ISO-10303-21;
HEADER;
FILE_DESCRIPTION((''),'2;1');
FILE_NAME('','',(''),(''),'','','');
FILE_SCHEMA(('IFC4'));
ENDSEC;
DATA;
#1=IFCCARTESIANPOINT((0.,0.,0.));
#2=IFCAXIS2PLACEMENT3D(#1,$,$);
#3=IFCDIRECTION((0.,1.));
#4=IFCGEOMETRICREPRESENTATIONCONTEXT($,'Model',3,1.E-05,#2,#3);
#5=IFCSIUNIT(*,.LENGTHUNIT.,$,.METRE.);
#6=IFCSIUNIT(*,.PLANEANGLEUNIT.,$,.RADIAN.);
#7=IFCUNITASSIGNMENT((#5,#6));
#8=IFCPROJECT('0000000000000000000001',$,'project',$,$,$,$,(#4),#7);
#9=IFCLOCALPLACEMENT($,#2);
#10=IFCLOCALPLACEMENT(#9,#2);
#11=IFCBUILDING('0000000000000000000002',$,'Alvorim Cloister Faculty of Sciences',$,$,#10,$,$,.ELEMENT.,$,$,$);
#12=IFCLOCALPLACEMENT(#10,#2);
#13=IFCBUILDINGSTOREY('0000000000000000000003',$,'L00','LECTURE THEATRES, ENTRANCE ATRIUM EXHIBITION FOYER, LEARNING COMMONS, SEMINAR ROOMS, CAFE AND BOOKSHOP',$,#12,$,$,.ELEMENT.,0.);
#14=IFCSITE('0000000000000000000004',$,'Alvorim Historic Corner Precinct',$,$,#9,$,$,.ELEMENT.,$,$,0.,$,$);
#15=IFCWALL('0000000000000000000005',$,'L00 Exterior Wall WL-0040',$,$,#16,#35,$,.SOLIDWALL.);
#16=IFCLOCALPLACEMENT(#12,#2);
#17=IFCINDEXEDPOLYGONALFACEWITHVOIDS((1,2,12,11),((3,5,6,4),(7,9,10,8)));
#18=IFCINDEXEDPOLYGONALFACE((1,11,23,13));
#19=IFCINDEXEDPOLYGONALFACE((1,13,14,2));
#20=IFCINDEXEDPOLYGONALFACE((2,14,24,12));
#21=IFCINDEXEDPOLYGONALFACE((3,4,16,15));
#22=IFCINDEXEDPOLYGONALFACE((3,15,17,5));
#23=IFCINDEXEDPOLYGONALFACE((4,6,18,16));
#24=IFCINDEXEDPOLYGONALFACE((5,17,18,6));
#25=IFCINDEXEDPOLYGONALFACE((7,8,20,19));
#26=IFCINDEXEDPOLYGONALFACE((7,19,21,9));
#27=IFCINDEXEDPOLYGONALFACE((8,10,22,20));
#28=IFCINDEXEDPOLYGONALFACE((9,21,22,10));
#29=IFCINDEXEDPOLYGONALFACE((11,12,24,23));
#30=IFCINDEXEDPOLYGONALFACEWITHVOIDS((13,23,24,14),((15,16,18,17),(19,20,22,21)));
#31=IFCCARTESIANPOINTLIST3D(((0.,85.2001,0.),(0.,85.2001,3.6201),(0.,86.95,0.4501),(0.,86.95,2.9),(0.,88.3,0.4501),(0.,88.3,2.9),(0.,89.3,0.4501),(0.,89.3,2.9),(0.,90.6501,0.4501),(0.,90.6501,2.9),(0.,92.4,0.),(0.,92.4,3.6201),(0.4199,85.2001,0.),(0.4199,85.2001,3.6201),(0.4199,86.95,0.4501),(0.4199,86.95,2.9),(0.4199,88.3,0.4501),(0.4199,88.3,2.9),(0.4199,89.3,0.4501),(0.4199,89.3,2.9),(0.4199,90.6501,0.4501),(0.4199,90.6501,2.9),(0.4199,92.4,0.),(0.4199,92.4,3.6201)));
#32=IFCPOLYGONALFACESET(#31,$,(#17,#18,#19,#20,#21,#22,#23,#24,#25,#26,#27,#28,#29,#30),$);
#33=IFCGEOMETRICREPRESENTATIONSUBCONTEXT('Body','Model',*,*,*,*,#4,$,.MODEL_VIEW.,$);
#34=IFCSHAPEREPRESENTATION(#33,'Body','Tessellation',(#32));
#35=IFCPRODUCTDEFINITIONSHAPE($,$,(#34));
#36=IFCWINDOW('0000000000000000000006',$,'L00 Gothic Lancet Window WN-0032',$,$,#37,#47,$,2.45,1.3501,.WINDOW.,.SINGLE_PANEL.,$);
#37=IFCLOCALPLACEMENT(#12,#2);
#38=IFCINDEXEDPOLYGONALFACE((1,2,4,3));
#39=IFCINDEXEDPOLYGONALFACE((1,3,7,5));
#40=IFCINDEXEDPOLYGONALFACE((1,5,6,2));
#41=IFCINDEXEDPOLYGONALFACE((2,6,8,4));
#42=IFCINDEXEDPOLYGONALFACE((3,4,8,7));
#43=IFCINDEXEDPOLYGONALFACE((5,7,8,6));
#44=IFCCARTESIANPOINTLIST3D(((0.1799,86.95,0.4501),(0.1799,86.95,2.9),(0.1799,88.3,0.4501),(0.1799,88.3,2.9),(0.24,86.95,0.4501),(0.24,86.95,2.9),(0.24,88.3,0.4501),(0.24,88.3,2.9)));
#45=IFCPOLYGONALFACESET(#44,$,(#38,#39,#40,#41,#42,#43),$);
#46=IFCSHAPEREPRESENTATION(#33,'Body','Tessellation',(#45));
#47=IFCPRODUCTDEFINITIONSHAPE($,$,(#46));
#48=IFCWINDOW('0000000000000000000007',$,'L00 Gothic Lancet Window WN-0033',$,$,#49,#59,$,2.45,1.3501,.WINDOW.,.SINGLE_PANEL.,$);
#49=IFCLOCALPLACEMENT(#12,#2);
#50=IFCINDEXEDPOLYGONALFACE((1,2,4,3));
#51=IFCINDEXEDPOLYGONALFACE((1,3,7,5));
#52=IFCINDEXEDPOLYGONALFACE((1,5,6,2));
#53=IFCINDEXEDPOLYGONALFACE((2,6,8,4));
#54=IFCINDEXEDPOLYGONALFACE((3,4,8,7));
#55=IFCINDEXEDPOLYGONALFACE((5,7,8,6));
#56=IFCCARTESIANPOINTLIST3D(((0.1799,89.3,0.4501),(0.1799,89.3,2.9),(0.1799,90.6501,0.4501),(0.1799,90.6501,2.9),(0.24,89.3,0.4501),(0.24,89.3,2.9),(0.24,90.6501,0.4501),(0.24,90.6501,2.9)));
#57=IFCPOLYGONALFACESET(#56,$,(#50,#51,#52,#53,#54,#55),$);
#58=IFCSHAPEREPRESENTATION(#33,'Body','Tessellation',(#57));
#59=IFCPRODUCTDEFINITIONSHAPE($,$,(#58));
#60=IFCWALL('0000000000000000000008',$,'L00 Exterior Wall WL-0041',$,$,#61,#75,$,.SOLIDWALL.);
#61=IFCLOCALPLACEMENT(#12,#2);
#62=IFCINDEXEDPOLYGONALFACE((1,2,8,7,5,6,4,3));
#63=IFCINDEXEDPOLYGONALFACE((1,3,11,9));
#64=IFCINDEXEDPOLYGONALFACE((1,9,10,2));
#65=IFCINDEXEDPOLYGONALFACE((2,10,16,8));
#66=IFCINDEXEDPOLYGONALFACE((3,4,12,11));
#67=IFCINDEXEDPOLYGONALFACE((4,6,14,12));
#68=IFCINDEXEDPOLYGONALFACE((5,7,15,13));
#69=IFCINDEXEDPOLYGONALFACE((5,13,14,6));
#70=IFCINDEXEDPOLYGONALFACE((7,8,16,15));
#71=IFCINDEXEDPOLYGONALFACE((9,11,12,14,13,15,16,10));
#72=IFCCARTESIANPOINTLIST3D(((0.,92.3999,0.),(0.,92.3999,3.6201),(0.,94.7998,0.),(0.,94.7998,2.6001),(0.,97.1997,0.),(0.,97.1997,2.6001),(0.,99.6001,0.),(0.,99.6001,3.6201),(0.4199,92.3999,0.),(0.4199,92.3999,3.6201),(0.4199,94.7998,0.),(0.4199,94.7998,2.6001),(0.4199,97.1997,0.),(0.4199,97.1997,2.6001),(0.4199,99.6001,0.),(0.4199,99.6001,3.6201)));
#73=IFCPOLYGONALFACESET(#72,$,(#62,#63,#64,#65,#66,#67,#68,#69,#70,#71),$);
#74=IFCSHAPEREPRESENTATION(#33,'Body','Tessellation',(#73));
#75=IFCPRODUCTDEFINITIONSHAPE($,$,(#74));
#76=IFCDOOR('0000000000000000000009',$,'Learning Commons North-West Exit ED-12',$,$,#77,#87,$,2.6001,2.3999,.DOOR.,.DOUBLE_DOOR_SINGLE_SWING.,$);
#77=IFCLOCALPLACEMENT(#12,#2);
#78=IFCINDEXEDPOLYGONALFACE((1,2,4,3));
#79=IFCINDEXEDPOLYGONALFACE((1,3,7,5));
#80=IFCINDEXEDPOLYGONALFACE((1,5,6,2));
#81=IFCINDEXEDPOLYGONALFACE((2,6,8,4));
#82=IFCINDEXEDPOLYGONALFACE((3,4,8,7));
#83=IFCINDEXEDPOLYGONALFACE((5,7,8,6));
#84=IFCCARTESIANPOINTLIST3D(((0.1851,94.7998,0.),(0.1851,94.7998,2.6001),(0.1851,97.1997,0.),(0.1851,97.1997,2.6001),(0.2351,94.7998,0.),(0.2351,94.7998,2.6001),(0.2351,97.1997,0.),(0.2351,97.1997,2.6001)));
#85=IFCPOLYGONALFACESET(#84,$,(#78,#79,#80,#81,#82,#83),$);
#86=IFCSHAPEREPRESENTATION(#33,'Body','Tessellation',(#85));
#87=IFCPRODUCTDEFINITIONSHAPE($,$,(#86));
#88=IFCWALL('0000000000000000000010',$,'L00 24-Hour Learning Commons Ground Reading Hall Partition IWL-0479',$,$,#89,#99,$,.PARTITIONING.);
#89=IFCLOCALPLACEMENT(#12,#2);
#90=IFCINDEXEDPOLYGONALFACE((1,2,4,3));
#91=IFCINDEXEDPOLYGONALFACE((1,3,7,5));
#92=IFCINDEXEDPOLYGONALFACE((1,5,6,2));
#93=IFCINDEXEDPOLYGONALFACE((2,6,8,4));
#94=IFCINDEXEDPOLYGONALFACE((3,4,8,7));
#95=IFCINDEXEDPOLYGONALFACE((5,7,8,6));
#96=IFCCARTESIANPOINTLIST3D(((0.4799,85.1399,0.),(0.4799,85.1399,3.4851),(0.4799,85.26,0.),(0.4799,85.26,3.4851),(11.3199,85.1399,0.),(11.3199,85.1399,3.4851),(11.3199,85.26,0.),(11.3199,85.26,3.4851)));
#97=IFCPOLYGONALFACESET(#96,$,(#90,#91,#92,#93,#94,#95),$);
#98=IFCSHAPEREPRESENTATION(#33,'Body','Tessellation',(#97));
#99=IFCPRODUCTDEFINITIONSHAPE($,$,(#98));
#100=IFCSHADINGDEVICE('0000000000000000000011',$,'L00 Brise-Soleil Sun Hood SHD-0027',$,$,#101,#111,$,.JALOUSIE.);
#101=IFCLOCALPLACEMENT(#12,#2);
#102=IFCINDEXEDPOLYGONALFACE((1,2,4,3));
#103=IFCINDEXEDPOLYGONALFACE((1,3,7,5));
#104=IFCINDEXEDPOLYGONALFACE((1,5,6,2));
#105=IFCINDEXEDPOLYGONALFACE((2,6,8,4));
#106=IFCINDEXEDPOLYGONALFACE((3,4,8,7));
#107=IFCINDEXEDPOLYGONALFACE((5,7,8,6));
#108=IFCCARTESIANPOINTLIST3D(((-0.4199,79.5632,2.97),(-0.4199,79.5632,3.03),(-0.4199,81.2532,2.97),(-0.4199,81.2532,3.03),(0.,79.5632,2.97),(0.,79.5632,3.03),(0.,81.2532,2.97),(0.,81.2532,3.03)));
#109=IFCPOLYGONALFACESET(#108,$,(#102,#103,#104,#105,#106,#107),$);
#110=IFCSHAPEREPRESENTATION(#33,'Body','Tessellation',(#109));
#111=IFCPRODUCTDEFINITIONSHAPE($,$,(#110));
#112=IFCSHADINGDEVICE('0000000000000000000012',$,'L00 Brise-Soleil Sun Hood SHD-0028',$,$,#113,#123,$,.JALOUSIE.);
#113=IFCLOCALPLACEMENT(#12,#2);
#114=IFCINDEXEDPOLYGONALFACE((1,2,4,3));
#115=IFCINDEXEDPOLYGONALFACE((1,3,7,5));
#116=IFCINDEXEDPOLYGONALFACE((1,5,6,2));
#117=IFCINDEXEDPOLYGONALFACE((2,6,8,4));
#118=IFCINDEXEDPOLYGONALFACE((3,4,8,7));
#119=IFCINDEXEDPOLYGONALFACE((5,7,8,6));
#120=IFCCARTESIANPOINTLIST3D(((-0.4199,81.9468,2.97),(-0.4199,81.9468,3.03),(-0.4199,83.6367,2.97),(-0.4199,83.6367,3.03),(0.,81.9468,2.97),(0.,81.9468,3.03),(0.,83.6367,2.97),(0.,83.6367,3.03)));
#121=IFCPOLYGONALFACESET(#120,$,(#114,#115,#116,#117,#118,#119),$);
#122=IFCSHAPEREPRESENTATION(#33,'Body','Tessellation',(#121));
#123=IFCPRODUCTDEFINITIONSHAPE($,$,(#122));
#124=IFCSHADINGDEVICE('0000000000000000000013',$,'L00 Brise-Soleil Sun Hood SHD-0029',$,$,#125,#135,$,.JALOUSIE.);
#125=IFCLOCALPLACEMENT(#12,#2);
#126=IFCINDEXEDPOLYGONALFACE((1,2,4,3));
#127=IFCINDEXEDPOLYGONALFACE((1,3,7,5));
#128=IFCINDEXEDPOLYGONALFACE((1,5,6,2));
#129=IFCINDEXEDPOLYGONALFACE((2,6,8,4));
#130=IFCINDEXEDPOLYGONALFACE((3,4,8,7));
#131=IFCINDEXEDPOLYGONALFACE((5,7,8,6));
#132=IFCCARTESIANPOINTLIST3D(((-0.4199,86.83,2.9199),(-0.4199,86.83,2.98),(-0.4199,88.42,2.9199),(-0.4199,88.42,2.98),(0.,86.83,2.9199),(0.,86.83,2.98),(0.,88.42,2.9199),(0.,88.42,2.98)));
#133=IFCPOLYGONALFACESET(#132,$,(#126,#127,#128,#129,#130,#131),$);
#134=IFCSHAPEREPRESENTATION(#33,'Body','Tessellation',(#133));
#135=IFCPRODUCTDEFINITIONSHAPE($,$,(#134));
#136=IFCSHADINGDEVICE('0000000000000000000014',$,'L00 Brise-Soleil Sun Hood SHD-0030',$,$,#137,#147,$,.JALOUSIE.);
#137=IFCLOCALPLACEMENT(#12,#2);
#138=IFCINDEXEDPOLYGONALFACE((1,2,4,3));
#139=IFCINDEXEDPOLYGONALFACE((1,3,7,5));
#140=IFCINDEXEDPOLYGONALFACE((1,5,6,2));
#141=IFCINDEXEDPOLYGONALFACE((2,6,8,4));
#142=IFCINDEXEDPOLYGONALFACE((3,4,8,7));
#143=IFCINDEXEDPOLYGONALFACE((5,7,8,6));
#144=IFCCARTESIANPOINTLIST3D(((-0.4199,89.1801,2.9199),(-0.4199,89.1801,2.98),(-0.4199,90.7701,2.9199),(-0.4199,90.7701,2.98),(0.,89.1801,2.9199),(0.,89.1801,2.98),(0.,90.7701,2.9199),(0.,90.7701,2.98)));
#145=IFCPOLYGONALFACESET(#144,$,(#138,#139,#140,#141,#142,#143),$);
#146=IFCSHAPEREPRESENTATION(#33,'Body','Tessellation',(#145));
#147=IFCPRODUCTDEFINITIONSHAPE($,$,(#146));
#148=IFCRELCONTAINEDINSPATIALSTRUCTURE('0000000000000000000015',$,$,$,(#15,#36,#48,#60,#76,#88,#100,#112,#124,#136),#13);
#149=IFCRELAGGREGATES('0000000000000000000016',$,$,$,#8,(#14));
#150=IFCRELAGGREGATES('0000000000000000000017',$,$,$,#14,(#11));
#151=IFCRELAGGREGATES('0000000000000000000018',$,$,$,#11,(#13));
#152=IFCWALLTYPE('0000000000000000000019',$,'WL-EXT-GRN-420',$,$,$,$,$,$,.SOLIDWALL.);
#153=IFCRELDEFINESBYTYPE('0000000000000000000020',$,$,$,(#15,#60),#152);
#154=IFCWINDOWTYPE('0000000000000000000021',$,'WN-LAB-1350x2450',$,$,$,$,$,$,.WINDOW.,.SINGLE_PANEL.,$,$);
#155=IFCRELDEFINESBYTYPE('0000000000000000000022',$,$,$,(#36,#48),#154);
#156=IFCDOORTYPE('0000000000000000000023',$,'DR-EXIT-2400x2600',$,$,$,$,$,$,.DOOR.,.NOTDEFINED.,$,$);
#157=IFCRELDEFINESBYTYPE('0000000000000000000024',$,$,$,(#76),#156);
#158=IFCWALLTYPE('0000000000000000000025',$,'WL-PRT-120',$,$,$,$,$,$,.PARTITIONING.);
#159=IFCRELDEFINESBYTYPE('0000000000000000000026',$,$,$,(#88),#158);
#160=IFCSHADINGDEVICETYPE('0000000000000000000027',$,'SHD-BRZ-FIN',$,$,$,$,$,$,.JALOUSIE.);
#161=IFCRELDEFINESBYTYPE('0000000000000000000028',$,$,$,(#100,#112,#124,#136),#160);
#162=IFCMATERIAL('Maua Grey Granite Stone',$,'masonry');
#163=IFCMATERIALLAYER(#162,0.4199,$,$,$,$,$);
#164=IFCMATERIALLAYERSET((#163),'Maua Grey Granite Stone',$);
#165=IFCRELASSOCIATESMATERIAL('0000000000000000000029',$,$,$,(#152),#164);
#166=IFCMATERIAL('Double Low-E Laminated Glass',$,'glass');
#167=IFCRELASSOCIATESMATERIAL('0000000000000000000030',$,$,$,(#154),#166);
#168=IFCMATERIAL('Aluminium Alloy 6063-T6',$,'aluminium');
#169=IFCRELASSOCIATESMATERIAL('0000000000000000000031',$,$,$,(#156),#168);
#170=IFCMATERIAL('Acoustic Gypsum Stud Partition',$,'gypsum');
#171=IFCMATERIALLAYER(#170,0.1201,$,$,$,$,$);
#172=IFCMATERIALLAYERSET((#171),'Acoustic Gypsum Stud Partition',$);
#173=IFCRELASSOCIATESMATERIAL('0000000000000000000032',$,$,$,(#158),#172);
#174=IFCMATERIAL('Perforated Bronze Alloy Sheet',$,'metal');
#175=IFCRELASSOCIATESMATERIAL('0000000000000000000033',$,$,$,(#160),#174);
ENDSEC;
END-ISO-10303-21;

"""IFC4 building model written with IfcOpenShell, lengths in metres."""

from ifc_helpers import new_model, si_unit, direction, frame, frame_2d, origin, origin_2d, place, context, subcontext, project, spatial, rectangle, extrude, material, layer, layer_set, type_object, element, fill, save


model = new_model("IFC4")

# Units and contexts
model_context = context("Model", 3, precision=1e-05, world=origin(), true_north=direction((0.0, 1.0)))
body_context = subcontext(model_context, "Body", "Model", "MODEL_VIEW")
ifc_project = project(units=[si_unit("LENGTHUNIT", "METRE"), si_unit("PLANEANGLEUNIT", "RADIAN")], contexts=[model_context])

# Site, building, storey
site_placement = place(None, origin())
site = spatial("IfcSite", under=ifc_project, at=site_placement, Name="Alvorim Historic Corner Precinct", CompositionType="ELEMENT", RefElevation=0.0)
building_placement = place(site_placement, origin())
building = spatial("IfcBuilding", under=site, at=building_placement, Name="Alvorim Cloister Faculty of Sciences", CompositionType="ELEMENT")
storey_placement = place(building_placement, origin())
storey = spatial("IfcBuildingStorey", under=building, at=storey_placement, Name="L00", Description="LECTURE THEATRES, ENTRANCE ATRIUM EXHIBITION FOYER, LEARNING COMMONS, SEMINAR ROOMS, CAFE AND BOOKSHOP", CompositionType="ELEMENT", Elevation=0.0)

# Shared definitions
ifc_material_1 = material(Name="Maua Grey Granite Stone", Category="masonry")

# Wall, openings, windows
ifc_layer_1 = layer(ifc_material_1, 0.4199)
ifc_layer_set_1 = layer_set([ifc_layer_1], Name="Maua Grey Granite Stone")
wall_type_1 = type_object("IfcWallType", Name="WL-EXT-GRN-420", PredefinedType="SOLIDWALL", material=ifc_layer_set_1)
wall_1_placement = place(storey_placement, frame((0.21, 85.2, 0.0), z_axis=(0.0, 0.0, 1.0), x_axis=(0.0, 1.0, 0.0)))
wall_1 = element("IfcWall", 1, at=wall_1_placement, inside=storey, type_object=wall_type_1, Name="L00 Exterior Wall WL-0040", PredefinedType="SOLIDWALL", context=body_context, shape_type="SweptSolid", body=[
    extrude(rectangle(XDim=7.2, YDim=0.4199, at=frame_2d((3.6001, 0.0))), origin(), (0.0, 0.0, 1.0), 3.6201),
])
opening_1_placement = place(wall_1_placement, frame((1.75, 0.0, 0.45)))
opening_1 = element("IfcOpeningElement", 2, at=opening_1_placement, cuts=wall_1, PredefinedType="OPENING", context=body_context, shape_type="SweptSolid", body=[
    extrude(rectangle(XDim=1.3501, YDim=2.45, at=frame_2d((0.675, 1.2251))), frame((0.0, 0.2219, 0.0), z_axis=(0.0, -1.0, 0.0), x_axis=(1.0, 0.0, 0.0)), (0.0, 0.0, 1.0), 0.4438),
])
opening_2_placement = place(wall_1_placement, frame((4.1001, 0.0, 0.45)))
opening_2 = element("IfcOpeningElement", 3, at=opening_2_placement, cuts=wall_1, PredefinedType="OPENING", context=body_context, shape_type="SweptSolid", body=[
    extrude(rectangle(XDim=1.3501, YDim=2.45, at=frame_2d((0.675, 1.2251))), frame((0.0, 0.2219, 0.0), z_axis=(0.0, -1.0, 0.0), x_axis=(1.0, 0.0, 0.0)), (0.0, 0.0, 1.0), 0.4438),
])
ifc_material_2 = material(Name="Double Low-E Laminated Glass", Category="glass")
window_type = type_object("IfcWindowType", Name="WN-LAB-1350x2450", PartitioningType="SINGLE_PANEL", PredefinedType="WINDOW", material=ifc_material_2)
window_1_placement = place(opening_1_placement, origin())
window_1 = element("IfcWindow", 4, at=window_1_placement, inside=storey, type_object=window_type, Name="L00 Gothic Lancet Window WN-0032", OverallHeight=2.45, OverallWidth=1.3501, PartitioningType="SINGLE_PANEL", PredefinedType="WINDOW", context=body_context, shape_type="SweptSolid", body=[
    extrude(rectangle(XDim=1.3501, YDim=2.45, at=frame_2d((0.675, 1.2251))), frame((0.0, 0.03, 0.0), z_axis=(0.0, -1.0, 0.0), x_axis=(1.0, 0.0, 0.0)), (0.0, 0.0, 1.0), 0.0601),
])
fill(opening_1, window_1)
window_2_placement = place(opening_2_placement, origin())
window_2 = element("IfcWindow", 5, at=window_2_placement, inside=storey, type_object=window_type, Name="L00 Gothic Lancet Window WN-0033", OverallHeight=2.45, OverallWidth=1.3501, PartitioningType="SINGLE_PANEL", PredefinedType="WINDOW", context=body_context, shape_type="SweptSolid", body=[
    extrude(rectangle(XDim=1.3501, YDim=2.45, at=frame_2d((0.675, 1.2251))), frame((0.0, 0.03, 0.0), z_axis=(0.0, -1.0, 0.0), x_axis=(1.0, 0.0, 0.0)), (0.0, 0.0, 1.0), 0.0601),
])
fill(opening_2, window_2)

# Wall, opening, door
wall_2_placement = place(storey_placement, frame((0.21, 92.3999, 0.0), z_axis=(0.0, 0.0, 1.0), x_axis=(0.0, 1.0, 0.0)))
wall_2 = element("IfcWall", 6, at=wall_2_placement, inside=storey, type_object=wall_type_1, Name="L00 Exterior Wall WL-0041", PredefinedType="SOLIDWALL", context=body_context, shape_type="SweptSolid", body=[
    extrude(rectangle(XDim=7.2002, YDim=0.4199, at=frame_2d((3.6001, 0.0))), origin(), (0.0, 0.0, 1.0), 3.6201),
])
opening_3_placement = place(wall_2_placement, frame((2.3999, 0.0, 0.0)))
opening_3 = element("IfcOpeningElement", 7, at=opening_3_placement, cuts=wall_2, PredefinedType="OPENING", context=body_context, shape_type="SweptSolid", body=[
    extrude(rectangle(XDim=2.3999, YDim=2.6001, at=frame_2d((1.2, 1.3))), frame((0.0, 0.2219, 0.0), z_axis=(0.0, -1.0, 0.0), x_axis=(1.0, 0.0, 0.0)), (0.0, 0.0, 1.0), 0.4438),
])
ifc_material_3 = material(Name="Aluminium Alloy 6063-T6", Category="aluminium")
door_type = type_object("IfcDoorType", Name="DR-EXIT-2400x2600", OperationType="NOTDEFINED", PredefinedType="DOOR", material=ifc_material_3)
door_placement = place(opening_3_placement, origin())
door = element("IfcDoor", 8, at=door_placement, inside=storey, type_object=door_type, Name="Learning Commons North-West Exit ED-12", OperationType="DOUBLE_DOOR_SINGLE_SWING", OverallHeight=2.6001, OverallWidth=2.3999, PredefinedType="DOOR", context=body_context, shape_type="SweptSolid", body=[
    extrude(rectangle(XDim=2.3999, YDim=2.6001, at=frame_2d((1.2, 1.3))), frame((0.0, 0.0249, 0.0), z_axis=(0.0, -1.0, 0.0), x_axis=(1.0, 0.0, 0.0)), (0.0, 0.0, 1.0), 0.05),
])
fill(opening_3, door)

# Wall
ifc_material_4 = material(Name="Acoustic Gypsum Stud Partition", Category="gypsum")
ifc_layer_2 = layer(ifc_material_4, 0.1201)
ifc_layer_set_2 = layer_set([ifc_layer_2], Name="Acoustic Gypsum Stud Partition")
wall_type_2 = type_object("IfcWallType", Name="WL-PRT-120", PredefinedType="PARTITIONING", material=ifc_layer_set_2)
wall_3_placement = place(storey_placement, frame((0.48, 85.2, 0.0), z_axis=(0.0, 0.0, 1.0), x_axis=(1.0, 0.0, 0.0)))
element("IfcWall", 9, at=wall_3_placement, inside=storey, type_object=wall_type_2, Name="L00 24-Hour Learning Commons Ground Reading Hall Partition IWL-0479", PredefinedType="PARTITIONING", context=body_context, shape_type="SweptSolid", body=[
    extrude(rectangle(XDim=10.8401, YDim=0.1201, at=frame_2d((5.4199, 0.0))), origin(), (0.0, 0.0, 1.0), 3.4851),
])

# Shading devices
ifc_material_5 = material(Name="Perforated Bronze Alloy Sheet", Category="metal")
shading_device_type = type_object("IfcShadingDeviceType", Name="SHD-BRZ-FIN", PredefinedType="JALOUSIE", material=ifc_material_5)
for number, where, z_axis, x_axis, name in (
    (10, (-0.21, 80.4082, 2.97), (0.0, 0.0, 1.0), (1.0, 0.0, 0.0), "L00 Brise-Soleil Sun Hood SHD-0027"),
    (11, (-0.21, 82.7917, 2.97), (0.0, 0.0, 1.0), (1.0, 0.0, 0.0), "L00 Brise-Soleil Sun Hood SHD-0028"),
):
    element("IfcShadingDevice", number, at=place(storey_placement, frame(where, z_axis=z_axis, x_axis=x_axis)), inside=storey, type_object=shading_device_type, Name=name, PredefinedType="JALOUSIE", context=body_context, shape_type="SweptSolid", body=[
        extrude(rectangle(XDim=0.4199, YDim=1.6899, at=origin_2d()), origin(), (0.0, 0.0, 1.0), 0.0601),
    ])
for number, where, z_axis, x_axis, name in (
    (12, (-0.21, 87.625, 2.9199), (0.0, 0.0, 1.0), (1.0, 0.0, 0.0), "L00 Brise-Soleil Sun Hood SHD-0029"),
    (13, (-0.21, 89.9751, 2.9199), (0.0, 0.0, 1.0), (1.0, 0.0, 0.0), "L00 Brise-Soleil Sun Hood SHD-0030"),
):
    element("IfcShadingDevice", number, at=place(storey_placement, frame(where, z_axis=z_axis, x_axis=x_axis)), inside=storey, type_object=shading_device_type, Name=name, PredefinedType="JALOUSIE", context=body_context, shape_type="SweptSolid", body=[
        extrude(rectangle(XDim=0.4199, YDim=1.5901, at=origin_2d()), origin(), (0.0, 0.0, 1.0), 0.0601),
    ])

save(model, "model.ifc")
